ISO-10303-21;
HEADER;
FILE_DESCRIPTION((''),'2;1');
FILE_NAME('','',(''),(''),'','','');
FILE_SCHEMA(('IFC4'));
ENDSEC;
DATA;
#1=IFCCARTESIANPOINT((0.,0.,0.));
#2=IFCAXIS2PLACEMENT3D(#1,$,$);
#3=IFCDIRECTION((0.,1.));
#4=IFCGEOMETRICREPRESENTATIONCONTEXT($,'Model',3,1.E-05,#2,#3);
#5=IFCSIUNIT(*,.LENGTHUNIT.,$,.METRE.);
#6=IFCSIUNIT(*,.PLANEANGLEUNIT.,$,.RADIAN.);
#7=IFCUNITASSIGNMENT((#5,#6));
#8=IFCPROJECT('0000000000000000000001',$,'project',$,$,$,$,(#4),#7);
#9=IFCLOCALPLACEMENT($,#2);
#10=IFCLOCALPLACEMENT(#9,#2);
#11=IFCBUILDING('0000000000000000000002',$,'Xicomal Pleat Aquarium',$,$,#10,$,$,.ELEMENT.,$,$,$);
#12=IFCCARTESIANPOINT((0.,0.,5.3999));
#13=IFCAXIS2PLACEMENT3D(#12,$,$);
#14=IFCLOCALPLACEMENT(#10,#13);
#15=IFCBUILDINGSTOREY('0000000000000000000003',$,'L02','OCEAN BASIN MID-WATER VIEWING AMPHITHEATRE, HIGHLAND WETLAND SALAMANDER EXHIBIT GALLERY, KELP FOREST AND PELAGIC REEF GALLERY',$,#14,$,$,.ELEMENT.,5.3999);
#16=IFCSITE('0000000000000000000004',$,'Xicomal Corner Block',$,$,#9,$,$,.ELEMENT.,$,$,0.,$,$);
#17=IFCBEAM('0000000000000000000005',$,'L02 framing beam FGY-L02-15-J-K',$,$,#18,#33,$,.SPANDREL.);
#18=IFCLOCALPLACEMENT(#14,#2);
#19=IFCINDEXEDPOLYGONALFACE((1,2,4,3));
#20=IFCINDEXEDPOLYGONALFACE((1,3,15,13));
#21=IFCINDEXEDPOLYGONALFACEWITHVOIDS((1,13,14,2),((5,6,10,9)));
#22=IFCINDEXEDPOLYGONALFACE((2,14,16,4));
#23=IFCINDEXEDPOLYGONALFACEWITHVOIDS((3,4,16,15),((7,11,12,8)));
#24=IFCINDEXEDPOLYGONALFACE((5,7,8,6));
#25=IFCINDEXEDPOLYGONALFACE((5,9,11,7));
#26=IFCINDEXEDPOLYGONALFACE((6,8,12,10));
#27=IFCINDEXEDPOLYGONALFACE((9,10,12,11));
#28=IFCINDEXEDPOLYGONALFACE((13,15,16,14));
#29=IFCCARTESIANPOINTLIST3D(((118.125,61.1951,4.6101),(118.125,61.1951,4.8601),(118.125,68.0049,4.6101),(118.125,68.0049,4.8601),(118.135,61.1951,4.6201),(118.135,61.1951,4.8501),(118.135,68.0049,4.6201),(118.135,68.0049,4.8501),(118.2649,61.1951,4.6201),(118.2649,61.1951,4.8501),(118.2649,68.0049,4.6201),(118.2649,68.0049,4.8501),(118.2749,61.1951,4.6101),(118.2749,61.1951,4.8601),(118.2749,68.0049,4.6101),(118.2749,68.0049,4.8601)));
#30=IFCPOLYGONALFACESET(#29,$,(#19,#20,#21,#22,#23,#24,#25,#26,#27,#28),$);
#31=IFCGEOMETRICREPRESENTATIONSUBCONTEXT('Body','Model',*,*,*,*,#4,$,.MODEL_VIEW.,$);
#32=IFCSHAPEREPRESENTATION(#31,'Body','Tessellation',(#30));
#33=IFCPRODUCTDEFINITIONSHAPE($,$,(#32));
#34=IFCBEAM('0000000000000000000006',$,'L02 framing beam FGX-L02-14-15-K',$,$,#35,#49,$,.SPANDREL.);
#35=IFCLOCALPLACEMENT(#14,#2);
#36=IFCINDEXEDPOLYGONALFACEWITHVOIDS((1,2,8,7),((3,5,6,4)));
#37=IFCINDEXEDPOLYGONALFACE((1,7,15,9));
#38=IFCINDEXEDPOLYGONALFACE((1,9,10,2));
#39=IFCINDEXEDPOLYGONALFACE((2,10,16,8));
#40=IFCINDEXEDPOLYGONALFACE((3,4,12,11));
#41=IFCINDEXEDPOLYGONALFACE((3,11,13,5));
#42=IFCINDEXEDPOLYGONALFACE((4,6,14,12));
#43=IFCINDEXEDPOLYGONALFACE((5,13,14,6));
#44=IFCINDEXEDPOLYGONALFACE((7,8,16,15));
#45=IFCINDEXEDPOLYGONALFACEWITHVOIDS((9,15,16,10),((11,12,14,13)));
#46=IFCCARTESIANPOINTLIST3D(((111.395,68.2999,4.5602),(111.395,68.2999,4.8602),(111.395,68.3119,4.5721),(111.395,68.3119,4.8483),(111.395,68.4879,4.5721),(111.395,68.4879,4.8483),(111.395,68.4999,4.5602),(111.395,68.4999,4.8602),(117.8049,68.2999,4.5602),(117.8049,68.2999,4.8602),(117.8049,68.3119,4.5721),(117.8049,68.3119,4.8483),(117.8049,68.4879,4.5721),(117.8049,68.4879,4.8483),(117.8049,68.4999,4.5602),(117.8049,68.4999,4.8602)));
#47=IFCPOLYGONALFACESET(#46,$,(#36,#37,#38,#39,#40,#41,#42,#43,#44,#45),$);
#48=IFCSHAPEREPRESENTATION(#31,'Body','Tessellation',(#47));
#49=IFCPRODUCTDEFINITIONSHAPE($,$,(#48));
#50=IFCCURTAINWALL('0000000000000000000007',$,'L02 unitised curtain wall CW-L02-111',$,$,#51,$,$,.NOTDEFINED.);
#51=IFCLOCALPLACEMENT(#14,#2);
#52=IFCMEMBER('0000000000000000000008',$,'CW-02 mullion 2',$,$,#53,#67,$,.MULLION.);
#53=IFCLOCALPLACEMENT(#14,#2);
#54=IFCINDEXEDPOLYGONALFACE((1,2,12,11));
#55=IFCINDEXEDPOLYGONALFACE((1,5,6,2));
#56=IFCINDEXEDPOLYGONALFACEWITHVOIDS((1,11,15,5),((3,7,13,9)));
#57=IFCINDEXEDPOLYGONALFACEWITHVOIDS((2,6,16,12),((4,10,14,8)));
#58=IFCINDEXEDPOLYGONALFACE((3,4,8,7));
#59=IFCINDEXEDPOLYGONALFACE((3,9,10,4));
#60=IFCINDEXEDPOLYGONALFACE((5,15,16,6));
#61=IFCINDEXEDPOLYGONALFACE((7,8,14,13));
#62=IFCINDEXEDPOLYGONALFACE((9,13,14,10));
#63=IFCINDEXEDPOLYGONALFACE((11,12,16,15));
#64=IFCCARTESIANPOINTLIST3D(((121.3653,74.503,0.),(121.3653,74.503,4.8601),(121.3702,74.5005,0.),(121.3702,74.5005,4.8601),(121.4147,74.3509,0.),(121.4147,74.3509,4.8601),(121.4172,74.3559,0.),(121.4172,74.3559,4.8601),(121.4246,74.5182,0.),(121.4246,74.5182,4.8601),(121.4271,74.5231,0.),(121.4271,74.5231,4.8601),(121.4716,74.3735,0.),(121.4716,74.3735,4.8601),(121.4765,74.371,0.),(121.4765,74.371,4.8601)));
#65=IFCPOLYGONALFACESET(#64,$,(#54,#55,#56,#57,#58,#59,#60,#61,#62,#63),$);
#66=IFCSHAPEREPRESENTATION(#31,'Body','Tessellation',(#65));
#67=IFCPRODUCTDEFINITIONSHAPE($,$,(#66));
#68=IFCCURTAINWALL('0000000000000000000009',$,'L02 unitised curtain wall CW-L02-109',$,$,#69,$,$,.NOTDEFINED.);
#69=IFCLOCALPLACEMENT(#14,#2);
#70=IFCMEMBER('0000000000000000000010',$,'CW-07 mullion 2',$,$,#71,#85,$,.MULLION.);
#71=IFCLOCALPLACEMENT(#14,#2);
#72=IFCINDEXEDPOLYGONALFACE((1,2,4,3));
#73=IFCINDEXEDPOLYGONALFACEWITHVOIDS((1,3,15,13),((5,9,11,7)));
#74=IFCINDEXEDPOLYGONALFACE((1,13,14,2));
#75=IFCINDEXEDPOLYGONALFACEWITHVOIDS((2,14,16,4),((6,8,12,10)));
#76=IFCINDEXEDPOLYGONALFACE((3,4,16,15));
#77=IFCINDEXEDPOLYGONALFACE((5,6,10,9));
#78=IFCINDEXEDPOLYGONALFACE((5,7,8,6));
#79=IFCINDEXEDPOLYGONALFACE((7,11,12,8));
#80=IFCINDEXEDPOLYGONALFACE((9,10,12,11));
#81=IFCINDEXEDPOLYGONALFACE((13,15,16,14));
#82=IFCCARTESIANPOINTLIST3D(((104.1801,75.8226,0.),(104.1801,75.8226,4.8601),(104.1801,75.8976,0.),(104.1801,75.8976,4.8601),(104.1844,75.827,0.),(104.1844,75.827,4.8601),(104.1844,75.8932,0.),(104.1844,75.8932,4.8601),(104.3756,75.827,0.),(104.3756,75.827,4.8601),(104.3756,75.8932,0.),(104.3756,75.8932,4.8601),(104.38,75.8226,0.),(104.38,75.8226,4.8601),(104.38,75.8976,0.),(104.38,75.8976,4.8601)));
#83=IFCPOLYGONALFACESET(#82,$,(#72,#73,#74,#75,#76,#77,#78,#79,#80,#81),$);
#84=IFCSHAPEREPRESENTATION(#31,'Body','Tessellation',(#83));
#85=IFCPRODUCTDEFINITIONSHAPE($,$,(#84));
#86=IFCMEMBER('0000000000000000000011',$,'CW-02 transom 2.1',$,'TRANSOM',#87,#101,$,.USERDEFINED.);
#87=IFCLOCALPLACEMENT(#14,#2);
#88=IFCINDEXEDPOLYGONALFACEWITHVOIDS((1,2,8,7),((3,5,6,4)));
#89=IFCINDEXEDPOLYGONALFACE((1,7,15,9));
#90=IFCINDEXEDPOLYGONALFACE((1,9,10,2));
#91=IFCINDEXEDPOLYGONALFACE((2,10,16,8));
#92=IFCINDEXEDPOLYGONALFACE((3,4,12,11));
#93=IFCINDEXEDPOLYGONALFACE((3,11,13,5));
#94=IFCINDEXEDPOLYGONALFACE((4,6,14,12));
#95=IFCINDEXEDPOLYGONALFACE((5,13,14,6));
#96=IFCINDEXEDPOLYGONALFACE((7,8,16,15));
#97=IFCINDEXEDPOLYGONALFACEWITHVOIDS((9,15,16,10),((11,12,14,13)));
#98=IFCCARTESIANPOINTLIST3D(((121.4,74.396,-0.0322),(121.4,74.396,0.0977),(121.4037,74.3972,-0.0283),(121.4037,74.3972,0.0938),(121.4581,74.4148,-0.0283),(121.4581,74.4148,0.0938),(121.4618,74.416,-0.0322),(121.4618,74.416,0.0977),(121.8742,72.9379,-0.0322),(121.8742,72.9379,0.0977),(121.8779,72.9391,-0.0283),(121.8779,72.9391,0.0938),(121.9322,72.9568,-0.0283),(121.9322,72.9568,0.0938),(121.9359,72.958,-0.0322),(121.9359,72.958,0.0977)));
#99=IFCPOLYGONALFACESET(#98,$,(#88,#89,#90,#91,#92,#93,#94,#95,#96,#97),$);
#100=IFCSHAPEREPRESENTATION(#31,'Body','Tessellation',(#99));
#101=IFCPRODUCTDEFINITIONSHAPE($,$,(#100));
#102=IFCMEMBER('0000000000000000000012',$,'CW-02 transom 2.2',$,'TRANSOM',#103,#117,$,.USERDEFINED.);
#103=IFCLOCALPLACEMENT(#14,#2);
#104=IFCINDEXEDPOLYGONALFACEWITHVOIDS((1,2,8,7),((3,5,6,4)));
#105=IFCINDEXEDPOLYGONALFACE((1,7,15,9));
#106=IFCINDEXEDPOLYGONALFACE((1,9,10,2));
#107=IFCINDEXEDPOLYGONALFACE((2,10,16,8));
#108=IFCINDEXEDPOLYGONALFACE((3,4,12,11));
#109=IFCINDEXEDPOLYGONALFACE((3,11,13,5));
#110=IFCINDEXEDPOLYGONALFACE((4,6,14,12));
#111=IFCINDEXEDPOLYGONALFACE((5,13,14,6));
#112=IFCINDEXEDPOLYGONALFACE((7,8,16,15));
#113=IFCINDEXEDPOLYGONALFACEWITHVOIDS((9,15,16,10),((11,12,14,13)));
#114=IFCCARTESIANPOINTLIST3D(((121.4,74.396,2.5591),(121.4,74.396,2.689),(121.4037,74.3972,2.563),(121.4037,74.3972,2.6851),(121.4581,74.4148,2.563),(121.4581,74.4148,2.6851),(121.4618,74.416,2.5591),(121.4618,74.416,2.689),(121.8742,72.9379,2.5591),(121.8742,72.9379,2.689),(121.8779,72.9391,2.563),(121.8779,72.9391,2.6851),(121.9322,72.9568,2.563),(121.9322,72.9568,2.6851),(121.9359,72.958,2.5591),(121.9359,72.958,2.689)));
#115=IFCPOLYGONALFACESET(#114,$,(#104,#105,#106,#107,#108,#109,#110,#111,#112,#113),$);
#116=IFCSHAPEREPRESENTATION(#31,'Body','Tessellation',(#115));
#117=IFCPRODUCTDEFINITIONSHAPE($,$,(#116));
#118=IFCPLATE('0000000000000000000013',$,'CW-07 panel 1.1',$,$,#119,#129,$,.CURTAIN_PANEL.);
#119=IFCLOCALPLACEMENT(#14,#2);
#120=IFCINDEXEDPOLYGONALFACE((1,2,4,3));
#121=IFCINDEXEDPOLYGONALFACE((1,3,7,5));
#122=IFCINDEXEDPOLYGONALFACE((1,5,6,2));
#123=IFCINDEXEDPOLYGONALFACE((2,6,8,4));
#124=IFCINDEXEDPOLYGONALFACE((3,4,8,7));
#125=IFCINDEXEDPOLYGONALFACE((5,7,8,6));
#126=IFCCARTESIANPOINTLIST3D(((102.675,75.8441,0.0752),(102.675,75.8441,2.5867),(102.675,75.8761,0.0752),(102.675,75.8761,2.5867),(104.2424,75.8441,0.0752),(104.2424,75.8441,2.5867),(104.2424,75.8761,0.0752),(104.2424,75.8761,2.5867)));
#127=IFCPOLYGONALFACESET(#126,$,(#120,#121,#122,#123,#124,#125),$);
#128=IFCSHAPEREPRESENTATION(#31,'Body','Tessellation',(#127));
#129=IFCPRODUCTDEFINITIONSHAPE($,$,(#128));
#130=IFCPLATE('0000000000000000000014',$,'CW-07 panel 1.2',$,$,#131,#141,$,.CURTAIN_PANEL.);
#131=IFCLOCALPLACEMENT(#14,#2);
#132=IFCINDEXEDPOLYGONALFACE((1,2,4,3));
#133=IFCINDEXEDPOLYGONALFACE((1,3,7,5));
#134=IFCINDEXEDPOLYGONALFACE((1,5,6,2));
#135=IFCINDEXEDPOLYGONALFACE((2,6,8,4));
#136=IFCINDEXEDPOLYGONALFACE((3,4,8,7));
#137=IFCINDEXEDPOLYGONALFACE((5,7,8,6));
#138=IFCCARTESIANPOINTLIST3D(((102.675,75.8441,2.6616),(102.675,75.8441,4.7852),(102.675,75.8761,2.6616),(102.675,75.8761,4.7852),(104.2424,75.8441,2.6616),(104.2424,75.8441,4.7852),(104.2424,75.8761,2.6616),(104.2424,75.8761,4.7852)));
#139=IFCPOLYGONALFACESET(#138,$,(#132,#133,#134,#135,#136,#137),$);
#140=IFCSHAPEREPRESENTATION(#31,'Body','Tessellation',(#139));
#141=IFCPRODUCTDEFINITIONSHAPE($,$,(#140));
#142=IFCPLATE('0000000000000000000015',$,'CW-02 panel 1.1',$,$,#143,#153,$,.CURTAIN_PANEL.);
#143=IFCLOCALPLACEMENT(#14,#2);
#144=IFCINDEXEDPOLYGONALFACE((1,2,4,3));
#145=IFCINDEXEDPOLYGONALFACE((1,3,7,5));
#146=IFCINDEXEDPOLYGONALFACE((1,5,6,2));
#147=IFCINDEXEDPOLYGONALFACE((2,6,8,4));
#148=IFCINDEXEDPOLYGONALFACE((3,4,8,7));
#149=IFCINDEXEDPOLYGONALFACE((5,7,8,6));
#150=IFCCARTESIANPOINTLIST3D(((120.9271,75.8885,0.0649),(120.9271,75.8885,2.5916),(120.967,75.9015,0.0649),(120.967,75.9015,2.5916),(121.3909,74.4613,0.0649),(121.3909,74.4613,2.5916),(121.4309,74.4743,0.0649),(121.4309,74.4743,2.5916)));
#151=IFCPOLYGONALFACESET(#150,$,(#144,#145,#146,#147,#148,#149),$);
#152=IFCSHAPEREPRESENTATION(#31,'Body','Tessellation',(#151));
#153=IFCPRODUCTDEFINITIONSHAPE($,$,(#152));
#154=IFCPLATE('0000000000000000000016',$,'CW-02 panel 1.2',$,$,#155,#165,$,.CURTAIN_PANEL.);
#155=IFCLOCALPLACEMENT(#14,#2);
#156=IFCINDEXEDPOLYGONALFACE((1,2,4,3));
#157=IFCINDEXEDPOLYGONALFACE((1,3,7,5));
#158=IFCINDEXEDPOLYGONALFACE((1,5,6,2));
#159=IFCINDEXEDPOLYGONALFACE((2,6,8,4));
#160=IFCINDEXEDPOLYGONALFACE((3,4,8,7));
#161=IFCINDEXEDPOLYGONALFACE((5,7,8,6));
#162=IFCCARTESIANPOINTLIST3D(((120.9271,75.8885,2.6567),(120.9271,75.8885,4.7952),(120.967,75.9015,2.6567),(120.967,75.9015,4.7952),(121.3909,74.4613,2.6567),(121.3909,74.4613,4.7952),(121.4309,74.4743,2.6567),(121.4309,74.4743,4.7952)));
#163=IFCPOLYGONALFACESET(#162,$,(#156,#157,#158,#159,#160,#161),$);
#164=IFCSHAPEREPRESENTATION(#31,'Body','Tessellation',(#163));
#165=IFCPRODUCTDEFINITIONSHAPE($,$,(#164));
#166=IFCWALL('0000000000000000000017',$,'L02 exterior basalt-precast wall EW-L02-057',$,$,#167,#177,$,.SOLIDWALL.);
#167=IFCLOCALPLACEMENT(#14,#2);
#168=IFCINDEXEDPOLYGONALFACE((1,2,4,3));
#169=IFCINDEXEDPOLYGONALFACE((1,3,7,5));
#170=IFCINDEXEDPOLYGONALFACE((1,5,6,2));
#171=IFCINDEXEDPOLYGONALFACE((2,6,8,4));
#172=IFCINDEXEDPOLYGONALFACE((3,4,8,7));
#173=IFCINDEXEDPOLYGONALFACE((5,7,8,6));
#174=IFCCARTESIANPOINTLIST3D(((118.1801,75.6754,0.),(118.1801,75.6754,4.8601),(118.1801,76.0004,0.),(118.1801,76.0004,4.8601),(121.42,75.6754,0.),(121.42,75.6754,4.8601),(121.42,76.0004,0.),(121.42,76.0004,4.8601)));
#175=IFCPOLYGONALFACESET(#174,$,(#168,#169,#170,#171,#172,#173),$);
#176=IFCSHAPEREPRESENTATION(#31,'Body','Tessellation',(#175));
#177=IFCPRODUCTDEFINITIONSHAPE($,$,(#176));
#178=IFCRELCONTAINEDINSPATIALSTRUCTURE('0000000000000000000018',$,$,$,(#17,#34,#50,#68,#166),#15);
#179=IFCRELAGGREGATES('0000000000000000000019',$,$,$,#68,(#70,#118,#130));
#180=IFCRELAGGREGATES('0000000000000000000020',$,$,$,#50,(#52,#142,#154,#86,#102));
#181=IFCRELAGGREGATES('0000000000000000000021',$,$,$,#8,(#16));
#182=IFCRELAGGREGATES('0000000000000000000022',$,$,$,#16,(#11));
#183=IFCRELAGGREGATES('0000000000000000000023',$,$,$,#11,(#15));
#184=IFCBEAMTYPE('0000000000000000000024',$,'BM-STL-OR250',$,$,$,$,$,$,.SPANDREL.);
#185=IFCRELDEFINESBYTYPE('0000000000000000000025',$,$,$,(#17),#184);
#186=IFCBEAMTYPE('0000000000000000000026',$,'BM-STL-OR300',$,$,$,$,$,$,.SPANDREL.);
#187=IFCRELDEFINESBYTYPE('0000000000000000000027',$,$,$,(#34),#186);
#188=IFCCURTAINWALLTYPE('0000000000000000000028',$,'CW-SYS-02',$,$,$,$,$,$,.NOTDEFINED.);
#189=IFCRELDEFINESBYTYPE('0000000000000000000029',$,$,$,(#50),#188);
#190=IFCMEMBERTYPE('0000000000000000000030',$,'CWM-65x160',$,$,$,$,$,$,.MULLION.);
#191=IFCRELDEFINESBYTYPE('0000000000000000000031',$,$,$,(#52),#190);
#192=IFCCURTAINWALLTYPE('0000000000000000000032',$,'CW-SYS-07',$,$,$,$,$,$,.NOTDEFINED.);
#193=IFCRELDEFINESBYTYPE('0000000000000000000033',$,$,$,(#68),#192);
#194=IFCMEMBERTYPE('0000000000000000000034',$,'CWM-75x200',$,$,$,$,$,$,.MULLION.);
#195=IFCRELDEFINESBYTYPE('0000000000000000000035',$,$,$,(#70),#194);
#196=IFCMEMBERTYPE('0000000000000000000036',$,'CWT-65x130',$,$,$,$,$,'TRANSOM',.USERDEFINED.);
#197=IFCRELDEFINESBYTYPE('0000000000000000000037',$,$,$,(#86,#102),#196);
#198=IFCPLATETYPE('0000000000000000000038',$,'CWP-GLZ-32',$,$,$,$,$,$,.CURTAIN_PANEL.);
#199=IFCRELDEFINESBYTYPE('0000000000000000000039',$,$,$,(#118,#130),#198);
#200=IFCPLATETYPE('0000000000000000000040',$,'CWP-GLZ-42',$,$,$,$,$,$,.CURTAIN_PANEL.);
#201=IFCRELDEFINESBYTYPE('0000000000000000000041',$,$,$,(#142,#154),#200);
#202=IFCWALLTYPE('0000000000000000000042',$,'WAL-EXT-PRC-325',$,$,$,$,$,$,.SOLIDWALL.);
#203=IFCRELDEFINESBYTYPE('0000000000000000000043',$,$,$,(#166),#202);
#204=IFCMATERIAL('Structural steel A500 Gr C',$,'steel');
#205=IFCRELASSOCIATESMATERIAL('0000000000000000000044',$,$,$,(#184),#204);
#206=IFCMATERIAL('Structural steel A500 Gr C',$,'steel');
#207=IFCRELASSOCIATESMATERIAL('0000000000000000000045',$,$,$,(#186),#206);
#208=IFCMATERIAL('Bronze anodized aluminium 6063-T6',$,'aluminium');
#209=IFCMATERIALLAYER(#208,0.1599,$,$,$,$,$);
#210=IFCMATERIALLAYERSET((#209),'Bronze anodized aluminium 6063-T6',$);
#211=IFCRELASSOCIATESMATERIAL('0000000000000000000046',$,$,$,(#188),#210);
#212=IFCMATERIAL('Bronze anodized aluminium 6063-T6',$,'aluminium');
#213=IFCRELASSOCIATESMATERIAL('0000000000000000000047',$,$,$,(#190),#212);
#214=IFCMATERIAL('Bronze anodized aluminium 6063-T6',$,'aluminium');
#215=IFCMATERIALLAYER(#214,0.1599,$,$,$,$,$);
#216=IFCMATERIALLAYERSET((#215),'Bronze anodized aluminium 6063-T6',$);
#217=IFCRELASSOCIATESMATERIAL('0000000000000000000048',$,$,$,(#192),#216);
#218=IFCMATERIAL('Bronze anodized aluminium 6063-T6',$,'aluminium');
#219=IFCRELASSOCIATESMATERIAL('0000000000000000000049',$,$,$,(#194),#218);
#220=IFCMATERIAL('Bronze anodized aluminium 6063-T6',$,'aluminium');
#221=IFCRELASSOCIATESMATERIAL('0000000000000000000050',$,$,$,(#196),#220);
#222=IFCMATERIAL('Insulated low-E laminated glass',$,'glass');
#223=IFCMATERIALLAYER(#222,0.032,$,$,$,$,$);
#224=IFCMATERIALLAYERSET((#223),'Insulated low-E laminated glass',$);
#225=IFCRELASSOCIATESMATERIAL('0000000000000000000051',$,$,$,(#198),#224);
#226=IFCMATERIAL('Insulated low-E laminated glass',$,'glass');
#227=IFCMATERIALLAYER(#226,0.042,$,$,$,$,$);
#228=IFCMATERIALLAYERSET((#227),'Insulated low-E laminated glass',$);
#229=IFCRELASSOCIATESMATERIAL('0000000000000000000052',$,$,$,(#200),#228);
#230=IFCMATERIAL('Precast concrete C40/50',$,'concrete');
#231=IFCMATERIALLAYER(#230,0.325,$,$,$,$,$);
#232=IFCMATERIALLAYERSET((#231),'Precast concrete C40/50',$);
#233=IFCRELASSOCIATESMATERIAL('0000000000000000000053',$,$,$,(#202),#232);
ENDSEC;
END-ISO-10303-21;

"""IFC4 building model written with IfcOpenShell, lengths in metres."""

from ifc_helpers import new_model, si_unit, direction, frame, frame_2d, origin, origin_2d, place, context, subcontext, project, spatial, rectangle, hollow_rectangle, extrude, material, layer, layer_set, material_profile, profile_set, type_object, element, aggregate, save


model = new_model("IFC4")

# Units and contexts
model_context = context("Model", 3, precision=1e-05, world=origin(), true_north=direction((0.0, 1.0)))
body_context = subcontext(model_context, "Body", "Model", "MODEL_VIEW")
ifc_project = project(units=[si_unit("LENGTHUNIT", "METRE"), si_unit("PLANEANGLEUNIT", "RADIAN")], contexts=[model_context])

# Site, building, storey
site_placement = place(None, origin())
site = spatial("IfcSite", under=ifc_project, at=site_placement, Name="Xicomal Corner Block", CompositionType="ELEMENT", RefElevation=0.0)
building_placement = place(site_placement, origin())
building = spatial("IfcBuilding", under=site, at=building_placement, Name="Xicomal Pleat Aquarium", CompositionType="ELEMENT")
storey_placement = place(building_placement, frame((0.0, 0.0, 5.3999)))
storey = spatial("IfcBuildingStorey", under=building, at=storey_placement, Name="L02", Description="OCEAN BASIN MID-WATER VIEWING AMPHITHEATRE, HIGHLAND WETLAND SALAMANDER EXHIBIT GALLERY, KELP FOREST AND PELAGIC REEF GALLERY", CompositionType="ELEMENT", Elevation=5.3999)

# Beams
ifc_material_1 = material(Name="Structural steel A500 Gr C", Category="steel")
ifc_material_profile_1 = material_profile(ifc_material_1, hollow_rectangle(XDim=0.1499, YDim=0.25, WallThickness=0.01, at=origin_2d()), Name="OR 250x150x10")
ifc_profile_set_1 = profile_set([ifc_material_profile_1], Name="Structural steel A500 Gr C")
beam_type_1 = type_object("IfcBeamType", Name="BM-STL-OR250", PredefinedType="SPANDREL", material=ifc_profile_set_1)
beam_1_placement = place(storey_placement, frame((118.2, 61.1951, 4.7351), z_axis=(0.0, 1.0, 0.0), x_axis=(-1.0, 0.0, 0.0)))
element("IfcBeam", 1, at=beam_1_placement, inside=storey, type_object=beam_type_1, Name="L02 framing beam FGY-L02-15-J-K", PredefinedType="SPANDREL", context=body_context, shape_type="SweptSolid", body=[
    extrude(hollow_rectangle(XDim=0.1499, YDim=0.25, WallThickness=0.01, at=origin_2d()), origin(), (0.0, 0.0, 1.0), 6.8098),
])
ifc_material_2 = material(Name="Structural steel A500 Gr C", Category="steel")
ifc_material_profile_2 = material_profile(ifc_material_2, hollow_rectangle(XDim=0.2, YDim=0.3, WallThickness=0.012, at=origin_2d()), Name="OR 300x200x12")
ifc_profile_set_2 = profile_set([ifc_material_profile_2], Name="Structural steel A500 Gr C")
beam_type_2 = type_object("IfcBeamType", Name="BM-STL-OR300", PredefinedType="SPANDREL", material=ifc_profile_set_2)
beam_2_placement = place(storey_placement, frame((111.395, 68.3999, 4.7102), z_axis=(1.0, 0.0, 0.0), x_axis=(0.0, 1.0, 0.0)))
element("IfcBeam", 2, at=beam_2_placement, inside=storey, type_object=beam_type_2, Name="L02 framing beam FGX-L02-14-15-K", PredefinedType="SPANDREL", context=body_context, shape_type="SweptSolid", body=[
    extrude(hollow_rectangle(XDim=0.2, YDim=0.3, WallThickness=0.012, at=origin_2d()), origin(), (0.0, 0.0, 1.0), 6.4099),
])

# Curtain walls, members
ifc_material_3 = material(Name="Bronze anodized aluminium 6063-T6", Category="aluminium")
ifc_layer_1 = layer(ifc_material_3, 0.1599)
ifc_layer_set_1 = layer_set([ifc_layer_1], Name="Bronze anodized aluminium 6063-T6")
curtain_wall_type_1 = type_object("IfcCurtainWallType", Name="CW-SYS-02", PredefinedType="NOTDEFINED", material=ifc_layer_set_1)
curtain_wall_1_placement = place(storey_placement, origin())
curtain_wall_1 = element("IfcCurtainWall", 3, at=curtain_wall_1_placement, inside=storey, type_object=curtain_wall_type_1, Name="L02 unitised curtain wall CW-L02-111", PredefinedType="NOTDEFINED")
ifc_material_4 = material(Name="Bronze anodized aluminium 6063-T6", Category="aluminium")
ifc_material_profile_3 = material_profile(ifc_material_4, hollow_rectangle(XDim=0.0649, YDim=0.1599, WallThickness=0.0039, at=origin_2d()), Name="ALU MULL 65x160")
ifc_profile_set_3 = profile_set([ifc_material_profile_3], Name="Bronze anodized aluminium 6063-T6")
member_type_1 = type_object("IfcMemberType", Name="CWM-65x160", PredefinedType="MULLION", material=ifc_profile_set_3)
member_1_placement = place(storey_placement, frame((121.4209, 74.437, 0.0), z_axis=(0.0, 0.0, 1.0), x_axis=(0.951034, 0.309086, 0.0)))
member_1 = element("IfcMember", 4, at=member_1_placement, type_object=member_type_1, Name="CW-02 mullion 2", PredefinedType="MULLION", context=body_context, shape_type="SweptSolid", body=[
    extrude(hollow_rectangle(XDim=0.0649, YDim=0.1599, WallThickness=0.0039, at=origin_2d()), origin(), (0.0, 0.0, 1.0), 4.8601),
])
ifc_material_5 = material(Name="Bronze anodized aluminium 6063-T6", Category="aluminium")
ifc_layer_2 = layer(ifc_material_5, 0.1599)
ifc_layer_set_2 = layer_set([ifc_layer_2], Name="Bronze anodized aluminium 6063-T6")
curtain_wall_type_2 = type_object("IfcCurtainWallType", Name="CW-SYS-07", PredefinedType="NOTDEFINED", material=ifc_layer_set_2)
curtain_wall_2_placement = place(storey_placement, origin())
curtain_wall_2 = element("IfcCurtainWall", 5, at=curtain_wall_2_placement, inside=storey, type_object=curtain_wall_type_2, Name="L02 unitised curtain wall CW-L02-109", PredefinedType="NOTDEFINED")
ifc_material_6 = material(Name="Bronze anodized aluminium 6063-T6", Category="aluminium")
ifc_material_profile_4 = material_profile(ifc_material_6, hollow_rectangle(XDim=0.075, YDim=0.2, WallThickness=0.0044, at=origin_2d()), Name="ALU MULL 75x200")
ifc_profile_set_4 = profile_set([ifc_material_profile_4], Name="Bronze anodized aluminium 6063-T6")
member_type_2 = type_object("IfcMemberType", Name="CWM-75x200", PredefinedType="MULLION", material=ifc_profile_set_4)
member_2_placement = place(storey_placement, frame((104.28, 75.8601, 0.0), z_axis=(0.0, 0.0, 1.0), x_axis=(0.0, 1.0, 0.0)))
member_2 = element("IfcMember", 6, at=member_2_placement, type_object=member_type_2, Name="CW-07 mullion 2", PredefinedType="MULLION", context=body_context, shape_type="SweptSolid", body=[
    extrude(hollow_rectangle(XDim=0.075, YDim=0.2, WallThickness=0.0044, at=origin_2d()), origin(), (0.0, 0.0, 1.0), 4.8601),
])

# Members
ifc_material_7 = material(Name="Bronze anodized aluminium 6063-T6", Category="aluminium")
ifc_material_profile_5 = material_profile(ifc_material_7, hollow_rectangle(XDim=0.0649, YDim=0.1299, WallThickness=0.0039, at=origin_2d()), Name="ALU TRAN 65x130")
ifc_profile_set_5 = profile_set([ifc_material_profile_5], Name="Bronze anodized aluminium 6063-T6")
member_type_3 = type_object("IfcMemberType", Name="CWT-65x130", ElementType="TRANSOM", PredefinedType="USERDEFINED", material=ifc_profile_set_5)
member_3_placement = place(storey_placement, frame((121.4309, 74.406, 0.0327), z_axis=(0.309244, -0.950983, 0.0), x_axis=(0.950983, 0.309244, 0.0)))
member_3 = element("IfcMember", 7, at=member_3_placement, type_object=member_type_3, Name="CW-02 transom 2.1", ObjectType="TRANSOM", PredefinedType="USERDEFINED", context=body_context, shape_type="SweptSolid", body=[
    extrude(hollow_rectangle(XDim=0.0649, YDim=0.1299, WallThickness=0.0039, at=origin_2d()), origin(), (0.0, 0.0, 1.0), 1.5332),
])
member_4_placement = place(storey_placement, frame((121.4309, 74.406, 2.624), z_axis=(0.309244, -0.950983, 0.0), x_axis=(0.950983, 0.309244, 0.0)))
member_4 = element("IfcMember", 8, at=member_4_placement, type_object=member_type_3, Name="CW-02 transom 2.2", ObjectType="TRANSOM", PredefinedType="USERDEFINED", context=body_context, shape_type="SweptSolid", body=[
    extrude(hollow_rectangle(XDim=0.0649, YDim=0.1299, WallThickness=0.0039, at=origin_2d()), origin(), (0.0, 0.0, 1.0), 1.5332),
])

# Plates
ifc_material_8 = material(Name="Insulated low-E laminated glass", Category="glass")
ifc_layer_3 = layer(ifc_material_8, 0.032)
ifc_layer_set_3 = layer_set([ifc_layer_3], Name="Insulated low-E laminated glass")
plate_type_1 = type_object("IfcPlateType", Name="CWP-GLZ-32", PredefinedType="CURTAIN_PANEL", material=ifc_layer_set_3)
plate_1_placement = place(storey_placement, frame((103.4587, 75.8601, 0.0752), z_axis=(0.0, 0.0, 1.0), x_axis=(1.0, 0.0, 0.0)))
plate_1 = element("IfcPlate", 9, at=plate_1_placement, type_object=plate_type_1, Name="CW-07 panel 1.1", PredefinedType="CURTAIN_PANEL", context=body_context, shape_type="SweptSolid", body=[
    extrude(rectangle(XDim=1.5674, YDim=0.032, at=origin_2d()), origin(), (0.0, 0.0, 1.0), 2.5115),
])
plate_2_placement = place(storey_placement, frame((103.4587, 75.8601, 2.6616), z_axis=(0.0, 0.0, 1.0), x_axis=(1.0, 0.0, 0.0)))
plate_2 = element("IfcPlate", 10, at=plate_2_placement, type_object=plate_type_1, Name="CW-07 panel 1.2", PredefinedType="CURTAIN_PANEL", context=body_context, shape_type="SweptSolid", body=[
    extrude(rectangle(XDim=1.5674, YDim=0.032, at=origin_2d()), origin(), (0.0, 0.0, 1.0), 2.1235),
])
aggregate(curtain_wall_2, [member_2, plate_1, plate_2])
ifc_material_9 = material(Name="Insulated low-E laminated glass", Category="glass")
ifc_layer_4 = layer(ifc_material_9, 0.042)
ifc_layer_set_4 = layer_set([ifc_layer_4], Name="Insulated low-E laminated glass")
plate_type_2 = type_object("IfcPlateType", Name="CWP-GLZ-42", PredefinedType="CURTAIN_PANEL", material=ifc_layer_set_4)
plate_3_placement = place(storey_placement, frame((121.179, 75.1814, 0.0649), z_axis=(0.0, 0.0, 1.0), x_axis=(0.309086, -0.951034, 0.0)))
plate_3 = element("IfcPlate", 11, at=plate_3_placement, type_object=plate_type_2, Name="CW-02 panel 1.1", PredefinedType="CURTAIN_PANEL", context=body_context, shape_type="SweptSolid", body=[
    extrude(rectangle(XDim=1.5007, YDim=0.042, at=origin_2d()), origin(), (0.0, 0.0, 1.0), 2.5266),
])
plate_4_placement = place(storey_placement, frame((121.179, 75.1814, 2.6567), z_axis=(0.0, 0.0, 1.0), x_axis=(0.309086, -0.951034, 0.0)))
plate_4 = element("IfcPlate", 12, at=plate_4_placement, type_object=plate_type_2, Name="CW-02 panel 1.2", PredefinedType="CURTAIN_PANEL", context=body_context, shape_type="SweptSolid", body=[
    extrude(rectangle(XDim=1.5007, YDim=0.042, at=origin_2d()), origin(), (0.0, 0.0, 1.0), 2.1384),
])
aggregate(curtain_wall_1, [member_1, plate_3, plate_4, member_3, member_4])

# Wall
ifc_material_10 = material(Name="Precast concrete C40/50", Category="concrete")
ifc_layer_5 = layer(ifc_material_10, 0.325)
ifc_layer_set_5 = layer_set([ifc_layer_5], Name="Precast concrete C40/50")
wall_type = type_object("IfcWallType", Name="WAL-EXT-PRC-325", PredefinedType="SOLIDWALL", material=ifc_layer_set_5)
wall_placement = place(storey_placement, frame((118.1799, 75.8379, 0.0), z_axis=(0.0, 0.0, 1.0), x_axis=(1.0, 0.0, 0.0)))
element("IfcWall", 13, at=wall_placement, inside=storey, type_object=wall_type, Name="L02 exterior basalt-precast wall EW-L02-057", PredefinedType="SOLIDWALL", context=body_context, shape_type="SweptSolid", body=[
    extrude(rectangle(XDim=3.24, YDim=0.325, at=frame_2d((1.6201, 0.0))), origin(), (0.0, 0.0, 1.0), 4.8601),
])

save(model, "model.ifc")
